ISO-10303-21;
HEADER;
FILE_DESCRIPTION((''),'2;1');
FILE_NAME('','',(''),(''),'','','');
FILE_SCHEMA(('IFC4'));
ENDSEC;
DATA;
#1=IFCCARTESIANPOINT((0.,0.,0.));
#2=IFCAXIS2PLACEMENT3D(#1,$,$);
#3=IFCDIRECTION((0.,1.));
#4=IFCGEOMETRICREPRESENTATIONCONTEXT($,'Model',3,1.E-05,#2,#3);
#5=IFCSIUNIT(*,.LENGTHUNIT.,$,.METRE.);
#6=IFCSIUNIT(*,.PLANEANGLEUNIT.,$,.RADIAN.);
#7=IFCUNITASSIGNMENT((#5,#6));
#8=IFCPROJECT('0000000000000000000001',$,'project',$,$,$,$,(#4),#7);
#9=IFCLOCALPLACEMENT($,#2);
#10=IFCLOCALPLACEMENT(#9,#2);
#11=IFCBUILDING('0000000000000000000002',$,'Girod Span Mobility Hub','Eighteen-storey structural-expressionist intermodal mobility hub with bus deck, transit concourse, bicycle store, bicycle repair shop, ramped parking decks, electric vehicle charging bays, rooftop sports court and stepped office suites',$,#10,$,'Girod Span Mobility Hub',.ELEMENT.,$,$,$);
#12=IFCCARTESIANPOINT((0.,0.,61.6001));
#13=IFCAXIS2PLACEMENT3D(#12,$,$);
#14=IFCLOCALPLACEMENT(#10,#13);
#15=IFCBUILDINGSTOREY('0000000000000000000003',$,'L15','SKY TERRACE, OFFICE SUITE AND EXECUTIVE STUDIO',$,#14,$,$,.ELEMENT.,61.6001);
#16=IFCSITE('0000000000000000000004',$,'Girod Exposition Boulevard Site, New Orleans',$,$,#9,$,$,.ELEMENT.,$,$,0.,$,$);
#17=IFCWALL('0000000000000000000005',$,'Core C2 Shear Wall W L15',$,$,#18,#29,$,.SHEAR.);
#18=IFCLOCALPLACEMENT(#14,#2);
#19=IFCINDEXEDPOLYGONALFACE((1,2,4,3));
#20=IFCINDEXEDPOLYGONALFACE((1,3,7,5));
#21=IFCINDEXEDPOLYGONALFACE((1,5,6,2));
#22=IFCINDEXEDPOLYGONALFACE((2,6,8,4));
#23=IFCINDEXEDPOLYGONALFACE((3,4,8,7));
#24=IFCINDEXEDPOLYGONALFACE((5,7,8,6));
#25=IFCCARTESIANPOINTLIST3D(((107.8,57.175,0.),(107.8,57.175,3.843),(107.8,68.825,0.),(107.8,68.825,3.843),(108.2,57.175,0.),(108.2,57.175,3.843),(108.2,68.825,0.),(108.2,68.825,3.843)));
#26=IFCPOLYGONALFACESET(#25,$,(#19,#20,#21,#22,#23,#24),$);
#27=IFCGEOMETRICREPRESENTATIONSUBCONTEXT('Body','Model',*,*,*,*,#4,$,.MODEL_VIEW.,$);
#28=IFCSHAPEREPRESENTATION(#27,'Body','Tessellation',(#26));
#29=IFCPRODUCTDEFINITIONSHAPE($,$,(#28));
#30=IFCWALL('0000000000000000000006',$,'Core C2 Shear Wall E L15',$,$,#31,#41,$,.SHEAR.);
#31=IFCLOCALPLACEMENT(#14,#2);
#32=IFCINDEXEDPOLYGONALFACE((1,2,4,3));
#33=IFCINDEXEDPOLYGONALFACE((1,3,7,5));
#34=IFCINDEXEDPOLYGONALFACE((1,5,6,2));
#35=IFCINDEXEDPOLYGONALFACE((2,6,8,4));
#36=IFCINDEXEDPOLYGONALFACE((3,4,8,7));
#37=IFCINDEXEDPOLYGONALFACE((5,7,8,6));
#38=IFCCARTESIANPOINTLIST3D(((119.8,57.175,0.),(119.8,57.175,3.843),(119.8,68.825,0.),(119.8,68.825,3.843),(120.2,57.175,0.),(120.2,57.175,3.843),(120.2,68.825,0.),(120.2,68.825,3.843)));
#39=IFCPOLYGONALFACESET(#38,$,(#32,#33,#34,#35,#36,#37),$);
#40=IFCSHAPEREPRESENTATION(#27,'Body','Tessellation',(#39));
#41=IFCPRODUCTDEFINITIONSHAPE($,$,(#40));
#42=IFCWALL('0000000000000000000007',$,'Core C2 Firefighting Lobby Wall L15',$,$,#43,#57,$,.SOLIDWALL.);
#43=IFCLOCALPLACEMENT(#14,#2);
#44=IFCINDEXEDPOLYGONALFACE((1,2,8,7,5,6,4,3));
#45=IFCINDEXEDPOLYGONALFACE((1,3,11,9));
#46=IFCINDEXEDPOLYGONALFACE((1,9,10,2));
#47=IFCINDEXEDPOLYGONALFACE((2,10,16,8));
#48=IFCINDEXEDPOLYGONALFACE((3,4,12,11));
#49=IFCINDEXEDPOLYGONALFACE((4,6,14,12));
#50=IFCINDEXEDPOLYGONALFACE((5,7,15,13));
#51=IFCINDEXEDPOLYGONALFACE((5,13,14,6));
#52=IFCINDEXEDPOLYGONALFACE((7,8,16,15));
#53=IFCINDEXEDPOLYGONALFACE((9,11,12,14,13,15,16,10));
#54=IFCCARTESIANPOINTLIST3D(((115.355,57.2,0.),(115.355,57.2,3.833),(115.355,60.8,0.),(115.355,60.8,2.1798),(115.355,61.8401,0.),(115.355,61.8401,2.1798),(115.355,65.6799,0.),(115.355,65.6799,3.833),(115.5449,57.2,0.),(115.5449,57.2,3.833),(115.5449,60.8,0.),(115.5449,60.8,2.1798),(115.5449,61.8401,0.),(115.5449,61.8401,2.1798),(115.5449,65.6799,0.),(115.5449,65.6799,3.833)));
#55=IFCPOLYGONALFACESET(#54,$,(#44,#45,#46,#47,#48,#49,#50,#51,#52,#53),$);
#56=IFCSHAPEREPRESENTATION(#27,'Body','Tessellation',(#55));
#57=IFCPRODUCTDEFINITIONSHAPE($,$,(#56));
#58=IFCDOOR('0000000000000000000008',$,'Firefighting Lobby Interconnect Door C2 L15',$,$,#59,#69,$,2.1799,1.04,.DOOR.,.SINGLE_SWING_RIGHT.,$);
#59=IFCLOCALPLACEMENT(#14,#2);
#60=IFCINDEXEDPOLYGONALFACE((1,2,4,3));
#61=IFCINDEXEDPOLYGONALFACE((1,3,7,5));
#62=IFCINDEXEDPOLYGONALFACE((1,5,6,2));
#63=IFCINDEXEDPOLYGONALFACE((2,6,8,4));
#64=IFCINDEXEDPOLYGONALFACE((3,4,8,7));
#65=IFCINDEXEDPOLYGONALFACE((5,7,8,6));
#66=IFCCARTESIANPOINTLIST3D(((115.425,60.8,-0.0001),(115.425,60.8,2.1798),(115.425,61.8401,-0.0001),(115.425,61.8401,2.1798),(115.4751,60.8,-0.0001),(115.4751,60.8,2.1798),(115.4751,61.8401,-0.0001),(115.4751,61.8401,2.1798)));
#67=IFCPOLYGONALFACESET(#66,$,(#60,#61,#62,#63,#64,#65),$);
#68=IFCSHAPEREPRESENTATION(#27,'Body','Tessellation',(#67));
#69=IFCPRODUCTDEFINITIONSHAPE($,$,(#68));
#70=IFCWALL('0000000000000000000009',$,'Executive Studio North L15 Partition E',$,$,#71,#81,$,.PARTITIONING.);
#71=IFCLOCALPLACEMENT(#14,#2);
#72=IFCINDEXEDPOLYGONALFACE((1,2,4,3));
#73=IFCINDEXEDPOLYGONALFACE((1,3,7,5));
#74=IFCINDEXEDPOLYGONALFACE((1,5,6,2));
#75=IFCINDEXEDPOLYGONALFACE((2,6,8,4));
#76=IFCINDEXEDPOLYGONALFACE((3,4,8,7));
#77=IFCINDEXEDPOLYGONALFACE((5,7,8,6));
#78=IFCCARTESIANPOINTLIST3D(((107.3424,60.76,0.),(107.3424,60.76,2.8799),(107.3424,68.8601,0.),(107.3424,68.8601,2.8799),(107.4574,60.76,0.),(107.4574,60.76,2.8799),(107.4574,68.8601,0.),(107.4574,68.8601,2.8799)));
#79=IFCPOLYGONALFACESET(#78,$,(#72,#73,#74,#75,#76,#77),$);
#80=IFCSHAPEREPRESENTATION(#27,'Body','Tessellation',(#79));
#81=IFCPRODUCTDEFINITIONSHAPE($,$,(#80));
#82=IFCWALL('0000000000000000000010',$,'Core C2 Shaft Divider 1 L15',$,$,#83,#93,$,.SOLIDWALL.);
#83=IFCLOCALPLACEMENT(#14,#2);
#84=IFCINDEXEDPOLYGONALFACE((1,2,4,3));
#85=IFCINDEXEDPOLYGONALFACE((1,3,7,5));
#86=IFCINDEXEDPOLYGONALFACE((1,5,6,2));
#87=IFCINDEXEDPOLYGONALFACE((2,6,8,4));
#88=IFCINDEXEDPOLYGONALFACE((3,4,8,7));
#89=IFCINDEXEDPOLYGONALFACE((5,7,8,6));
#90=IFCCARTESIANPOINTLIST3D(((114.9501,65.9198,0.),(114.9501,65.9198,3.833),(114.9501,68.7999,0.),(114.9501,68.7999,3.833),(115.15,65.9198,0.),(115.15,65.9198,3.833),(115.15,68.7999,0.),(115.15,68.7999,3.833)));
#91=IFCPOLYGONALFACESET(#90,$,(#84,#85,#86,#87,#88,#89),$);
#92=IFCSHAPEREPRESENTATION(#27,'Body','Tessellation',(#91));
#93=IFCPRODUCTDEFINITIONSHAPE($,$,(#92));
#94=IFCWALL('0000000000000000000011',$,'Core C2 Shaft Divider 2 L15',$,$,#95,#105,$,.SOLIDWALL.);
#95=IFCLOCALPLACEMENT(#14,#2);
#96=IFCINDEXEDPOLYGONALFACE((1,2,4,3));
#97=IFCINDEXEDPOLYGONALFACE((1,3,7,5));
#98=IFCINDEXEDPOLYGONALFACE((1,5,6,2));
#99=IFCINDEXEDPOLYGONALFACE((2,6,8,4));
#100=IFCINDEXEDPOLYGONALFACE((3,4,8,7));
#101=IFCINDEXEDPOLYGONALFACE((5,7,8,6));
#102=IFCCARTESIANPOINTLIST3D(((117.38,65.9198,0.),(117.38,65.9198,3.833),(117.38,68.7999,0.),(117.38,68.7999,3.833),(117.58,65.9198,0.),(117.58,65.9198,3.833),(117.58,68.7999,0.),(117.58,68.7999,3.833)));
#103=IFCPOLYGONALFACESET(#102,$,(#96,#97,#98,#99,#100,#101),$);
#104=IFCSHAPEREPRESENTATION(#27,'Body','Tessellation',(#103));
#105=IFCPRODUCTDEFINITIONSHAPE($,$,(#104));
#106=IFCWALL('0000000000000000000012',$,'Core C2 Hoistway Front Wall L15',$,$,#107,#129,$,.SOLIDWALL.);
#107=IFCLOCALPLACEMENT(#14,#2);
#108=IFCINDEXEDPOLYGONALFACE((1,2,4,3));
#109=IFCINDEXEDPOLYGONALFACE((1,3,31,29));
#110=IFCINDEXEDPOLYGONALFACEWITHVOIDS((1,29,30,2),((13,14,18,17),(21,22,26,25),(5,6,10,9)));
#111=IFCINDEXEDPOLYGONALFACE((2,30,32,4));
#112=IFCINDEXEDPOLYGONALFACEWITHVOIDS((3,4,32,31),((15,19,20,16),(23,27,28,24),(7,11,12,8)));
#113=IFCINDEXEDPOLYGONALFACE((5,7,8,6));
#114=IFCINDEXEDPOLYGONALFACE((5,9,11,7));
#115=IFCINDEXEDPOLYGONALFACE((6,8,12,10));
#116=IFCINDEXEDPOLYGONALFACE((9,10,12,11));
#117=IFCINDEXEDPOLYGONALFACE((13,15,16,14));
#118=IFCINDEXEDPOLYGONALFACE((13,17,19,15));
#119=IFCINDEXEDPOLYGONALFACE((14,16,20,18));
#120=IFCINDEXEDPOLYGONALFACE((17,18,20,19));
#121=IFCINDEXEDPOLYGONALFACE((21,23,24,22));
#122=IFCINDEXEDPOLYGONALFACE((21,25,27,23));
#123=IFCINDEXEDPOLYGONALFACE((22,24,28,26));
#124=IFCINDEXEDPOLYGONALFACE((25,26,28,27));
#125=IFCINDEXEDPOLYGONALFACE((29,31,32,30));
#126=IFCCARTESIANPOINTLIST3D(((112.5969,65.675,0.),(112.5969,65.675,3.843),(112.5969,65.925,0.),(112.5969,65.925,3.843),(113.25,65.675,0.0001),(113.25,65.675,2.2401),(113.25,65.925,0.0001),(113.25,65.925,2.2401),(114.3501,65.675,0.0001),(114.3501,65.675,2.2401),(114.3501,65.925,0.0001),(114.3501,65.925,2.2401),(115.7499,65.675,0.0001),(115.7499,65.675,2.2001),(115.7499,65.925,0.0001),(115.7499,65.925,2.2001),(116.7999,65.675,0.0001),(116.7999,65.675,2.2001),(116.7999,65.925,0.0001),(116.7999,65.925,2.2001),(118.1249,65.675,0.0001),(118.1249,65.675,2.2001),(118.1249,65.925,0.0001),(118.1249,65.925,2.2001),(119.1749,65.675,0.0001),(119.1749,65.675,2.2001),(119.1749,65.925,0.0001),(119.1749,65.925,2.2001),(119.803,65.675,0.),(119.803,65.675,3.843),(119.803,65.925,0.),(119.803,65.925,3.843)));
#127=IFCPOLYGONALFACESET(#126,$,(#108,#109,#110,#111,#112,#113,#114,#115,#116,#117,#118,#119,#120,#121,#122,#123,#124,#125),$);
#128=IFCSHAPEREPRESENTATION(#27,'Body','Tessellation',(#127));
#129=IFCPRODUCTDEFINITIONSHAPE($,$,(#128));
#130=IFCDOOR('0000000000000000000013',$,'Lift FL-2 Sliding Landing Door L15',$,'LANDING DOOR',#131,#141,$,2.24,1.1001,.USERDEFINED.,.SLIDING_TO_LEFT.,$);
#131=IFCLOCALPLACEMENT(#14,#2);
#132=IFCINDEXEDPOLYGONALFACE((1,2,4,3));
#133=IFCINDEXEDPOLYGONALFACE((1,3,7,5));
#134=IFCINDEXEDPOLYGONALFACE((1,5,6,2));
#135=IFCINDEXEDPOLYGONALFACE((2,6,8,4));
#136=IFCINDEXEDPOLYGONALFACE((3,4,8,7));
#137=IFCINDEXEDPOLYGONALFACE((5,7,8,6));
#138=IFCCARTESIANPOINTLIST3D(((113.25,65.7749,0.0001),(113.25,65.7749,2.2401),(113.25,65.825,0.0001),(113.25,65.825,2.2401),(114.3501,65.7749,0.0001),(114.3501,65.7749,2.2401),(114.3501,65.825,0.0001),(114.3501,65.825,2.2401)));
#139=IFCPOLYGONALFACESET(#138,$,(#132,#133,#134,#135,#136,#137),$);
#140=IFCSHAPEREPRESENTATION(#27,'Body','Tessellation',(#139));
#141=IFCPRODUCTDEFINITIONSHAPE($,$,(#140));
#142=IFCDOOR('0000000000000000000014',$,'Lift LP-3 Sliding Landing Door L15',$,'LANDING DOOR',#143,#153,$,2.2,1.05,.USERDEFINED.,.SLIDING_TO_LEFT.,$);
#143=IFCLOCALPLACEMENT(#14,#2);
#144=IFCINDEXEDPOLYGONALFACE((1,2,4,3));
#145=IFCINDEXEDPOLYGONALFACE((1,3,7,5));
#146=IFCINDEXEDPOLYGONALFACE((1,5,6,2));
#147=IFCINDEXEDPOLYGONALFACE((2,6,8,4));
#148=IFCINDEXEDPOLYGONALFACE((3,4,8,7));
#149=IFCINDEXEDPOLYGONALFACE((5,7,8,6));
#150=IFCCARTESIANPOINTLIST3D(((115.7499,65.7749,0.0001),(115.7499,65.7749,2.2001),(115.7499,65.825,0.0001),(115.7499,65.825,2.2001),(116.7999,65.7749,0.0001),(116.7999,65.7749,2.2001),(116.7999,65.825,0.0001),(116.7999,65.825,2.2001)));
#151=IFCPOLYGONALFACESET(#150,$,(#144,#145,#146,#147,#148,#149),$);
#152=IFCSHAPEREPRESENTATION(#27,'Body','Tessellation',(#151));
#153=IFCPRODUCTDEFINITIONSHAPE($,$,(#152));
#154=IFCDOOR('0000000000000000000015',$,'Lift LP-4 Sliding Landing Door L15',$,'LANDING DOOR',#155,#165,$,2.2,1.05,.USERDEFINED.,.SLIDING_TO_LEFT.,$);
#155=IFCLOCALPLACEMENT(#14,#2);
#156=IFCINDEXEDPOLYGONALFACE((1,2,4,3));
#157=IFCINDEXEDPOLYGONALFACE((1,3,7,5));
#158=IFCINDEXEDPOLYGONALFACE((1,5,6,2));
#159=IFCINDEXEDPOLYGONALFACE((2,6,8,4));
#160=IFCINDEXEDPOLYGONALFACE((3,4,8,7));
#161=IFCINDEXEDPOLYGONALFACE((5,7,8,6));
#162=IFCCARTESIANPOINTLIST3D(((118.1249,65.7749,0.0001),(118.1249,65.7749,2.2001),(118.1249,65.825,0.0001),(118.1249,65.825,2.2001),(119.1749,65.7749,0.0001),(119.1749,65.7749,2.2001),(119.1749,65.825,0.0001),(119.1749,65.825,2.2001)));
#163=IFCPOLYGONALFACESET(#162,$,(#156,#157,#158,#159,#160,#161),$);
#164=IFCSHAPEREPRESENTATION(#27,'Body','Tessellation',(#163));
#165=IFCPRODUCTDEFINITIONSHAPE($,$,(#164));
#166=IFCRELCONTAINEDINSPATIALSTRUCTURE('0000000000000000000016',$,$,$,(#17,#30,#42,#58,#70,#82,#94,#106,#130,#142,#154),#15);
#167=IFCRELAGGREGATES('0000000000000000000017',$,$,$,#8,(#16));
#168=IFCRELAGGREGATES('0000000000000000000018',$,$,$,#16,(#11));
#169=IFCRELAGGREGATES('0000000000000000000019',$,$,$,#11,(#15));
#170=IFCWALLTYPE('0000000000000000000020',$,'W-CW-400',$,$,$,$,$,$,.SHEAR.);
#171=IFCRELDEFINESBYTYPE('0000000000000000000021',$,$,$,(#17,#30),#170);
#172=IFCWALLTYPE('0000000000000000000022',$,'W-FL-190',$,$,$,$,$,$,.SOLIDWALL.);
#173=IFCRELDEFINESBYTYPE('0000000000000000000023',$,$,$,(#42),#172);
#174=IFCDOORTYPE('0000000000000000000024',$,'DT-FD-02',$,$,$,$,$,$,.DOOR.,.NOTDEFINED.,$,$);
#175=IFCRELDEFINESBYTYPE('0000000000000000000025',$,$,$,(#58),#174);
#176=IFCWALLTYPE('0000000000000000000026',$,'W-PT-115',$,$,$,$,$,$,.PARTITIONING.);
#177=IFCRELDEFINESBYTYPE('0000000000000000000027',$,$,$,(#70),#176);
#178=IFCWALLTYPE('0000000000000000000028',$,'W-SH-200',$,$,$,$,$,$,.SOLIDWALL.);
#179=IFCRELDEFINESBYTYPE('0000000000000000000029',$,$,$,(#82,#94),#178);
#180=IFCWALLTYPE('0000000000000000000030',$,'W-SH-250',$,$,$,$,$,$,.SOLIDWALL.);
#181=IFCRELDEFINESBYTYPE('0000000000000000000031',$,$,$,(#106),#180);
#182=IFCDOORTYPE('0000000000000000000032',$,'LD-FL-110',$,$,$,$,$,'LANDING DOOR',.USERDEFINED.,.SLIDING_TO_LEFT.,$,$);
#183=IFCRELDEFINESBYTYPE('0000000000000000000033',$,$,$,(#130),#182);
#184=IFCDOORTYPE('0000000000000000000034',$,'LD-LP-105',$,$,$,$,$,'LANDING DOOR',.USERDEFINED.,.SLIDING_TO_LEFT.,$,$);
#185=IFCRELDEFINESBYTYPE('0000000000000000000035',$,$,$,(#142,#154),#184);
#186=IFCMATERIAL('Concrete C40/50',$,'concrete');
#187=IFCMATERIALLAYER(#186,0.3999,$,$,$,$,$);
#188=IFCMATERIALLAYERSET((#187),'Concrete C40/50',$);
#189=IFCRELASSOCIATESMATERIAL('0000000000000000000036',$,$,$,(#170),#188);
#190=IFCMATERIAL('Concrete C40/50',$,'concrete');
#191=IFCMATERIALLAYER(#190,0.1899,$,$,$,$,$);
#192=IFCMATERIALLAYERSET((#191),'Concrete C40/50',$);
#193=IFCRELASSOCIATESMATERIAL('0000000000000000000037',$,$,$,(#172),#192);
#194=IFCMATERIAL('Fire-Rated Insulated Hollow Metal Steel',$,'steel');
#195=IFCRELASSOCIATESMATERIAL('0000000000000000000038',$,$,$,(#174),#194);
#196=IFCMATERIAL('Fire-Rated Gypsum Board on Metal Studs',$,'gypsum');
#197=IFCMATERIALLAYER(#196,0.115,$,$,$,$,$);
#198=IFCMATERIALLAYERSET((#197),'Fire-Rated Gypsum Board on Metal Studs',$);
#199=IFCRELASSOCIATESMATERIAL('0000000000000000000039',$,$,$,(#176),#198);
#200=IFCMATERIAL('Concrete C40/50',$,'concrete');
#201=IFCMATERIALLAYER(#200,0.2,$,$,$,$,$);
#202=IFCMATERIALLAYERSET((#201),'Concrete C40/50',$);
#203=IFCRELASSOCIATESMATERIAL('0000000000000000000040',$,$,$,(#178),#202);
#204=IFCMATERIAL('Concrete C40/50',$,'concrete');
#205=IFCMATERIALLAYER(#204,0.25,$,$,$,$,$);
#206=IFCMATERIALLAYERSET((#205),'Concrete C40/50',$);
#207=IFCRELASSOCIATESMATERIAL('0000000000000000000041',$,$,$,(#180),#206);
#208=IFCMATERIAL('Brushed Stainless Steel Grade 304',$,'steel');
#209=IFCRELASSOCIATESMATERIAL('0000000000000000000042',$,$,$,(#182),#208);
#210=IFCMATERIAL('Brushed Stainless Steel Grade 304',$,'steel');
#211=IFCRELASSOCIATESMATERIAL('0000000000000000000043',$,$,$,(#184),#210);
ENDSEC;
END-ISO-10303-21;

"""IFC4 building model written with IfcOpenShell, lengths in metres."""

from ifc_helpers import new_model, si_unit, direction, frame, frame_2d, origin, place, context, subcontext, project, spatial, rectangle, extrude, material, layer, layer_set, type_object, element, fill, save


model = new_model("IFC4")

# Units and contexts
model_context = context("Model", 3, precision=1e-05, world=origin(), true_north=direction((0.0, 1.0)))
body_context = subcontext(model_context, "Body", "Model", "MODEL_VIEW")
ifc_project = project(units=[si_unit("LENGTHUNIT", "METRE"), si_unit("PLANEANGLEUNIT", "RADIAN")], contexts=[model_context])

# Site, building, storey
site_placement = place(None, origin())
site = spatial("IfcSite", under=ifc_project, at=site_placement, Name="Girod Exposition Boulevard Site, New Orleans", CompositionType="ELEMENT", RefElevation=0.0)
building_placement = place(site_placement, origin())
building = spatial("IfcBuilding", under=site, at=building_placement, Name="Girod Span Mobility Hub", Description="Eighteen-storey structural-expressionist intermodal mobility hub with bus deck, transit concourse, bicycle store, bicycle repair shop, ramped parking decks, electric vehicle charging bays, rooftop sports court and stepped office suites", LongName="Girod Span Mobility Hub", CompositionType="ELEMENT")
storey_placement = place(building_placement, frame((0.0, 0.0, 61.6001)))
storey = spatial("IfcBuildingStorey", under=building, at=storey_placement, Name="L15", Description="SKY TERRACE, OFFICE SUITE AND EXECUTIVE STUDIO", CompositionType="ELEMENT", Elevation=61.6001)

# Walls
ifc_material_1 = material(Name="Concrete C40/50", Category="concrete")
ifc_layer_1 = layer(ifc_material_1, 0.3999)
ifc_layer_set_1 = layer_set([ifc_layer_1], Name="Concrete C40/50")
wall_type_1 = type_object("IfcWallType", Name="W-CW-400", PredefinedType="SHEAR", material=ifc_layer_set_1)
for number, where, z_axis, x_axis, name in (
    (1, (108.0, 57.175, 0.0), (0.0, 0.0, 1.0), (0.0, 1.0, 0.0), "Core C2 Shear Wall W L15"),
    (2, (120.0, 57.175, 0.0), (0.0, 0.0, 1.0), (0.0, 1.0, 0.0), "Core C2 Shear Wall E L15"),
):
    element("IfcWall", number, at=place(storey_placement, frame(where, z_axis=z_axis, x_axis=x_axis)), inside=storey, type_object=wall_type_1, Name=name, PredefinedType="SHEAR", context=body_context, shape_type="SweptSolid", body=[
        extrude(rectangle(XDim=11.6499, YDim=0.3999, at=frame_2d((5.825, 0.0))), origin(), (0.0, 0.0, 1.0), 3.843),
    ])

# Wall, opening, door
ifc_material_2 = material(Name="Concrete C40/50", Category="concrete")
ifc_layer_2 = layer(ifc_material_2, 0.1899)
ifc_layer_set_2 = layer_set([ifc_layer_2], Name="Concrete C40/50")
wall_type_2 = type_object("IfcWallType", Name="W-FL-190", PredefinedType="SOLIDWALL", material=ifc_layer_set_2)
wall_1_placement = place(storey_placement, frame((115.45, 57.2, 0.0), z_axis=(0.0, 0.0, 1.0), x_axis=(0.0, 1.0, 0.0)))
wall_1 = element("IfcWall", 3, at=wall_1_placement, inside=storey, type_object=wall_type_2, Name="Core C2 Firefighting Lobby Wall L15", PredefinedType="SOLIDWALL", context=body_context, shape_type="SweptSolid", body=[
    extrude(rectangle(XDim=8.48, YDim=0.1899, at=frame_2d((4.24, 0.0))), origin(), (0.0, 0.0, 1.0), 3.833),
])
opening_1_placement = place(wall_1_placement, frame((3.6001, 0.0, 0.0)))
opening_1 = element("IfcOpeningElement", 4, at=opening_1_placement, cuts=wall_1, PredefinedType="OPENING", context=body_context, shape_type="SweptSolid", body=[
    extrude(rectangle(XDim=1.04, YDim=2.1799, at=frame_2d((0.52, 1.0898))), frame((0.0, 0.1099, 0.0), z_axis=(0.0, -1.0, 0.0), x_axis=(1.0, 0.0, 0.0)), (0.0, 0.0, 1.0), 0.22),
])
ifc_material_3 = material(Name="Fire-Rated Insulated Hollow Metal Steel", Category="steel")
door_type_1 = type_object("IfcDoorType", Name="DT-FD-02", OperationType="NOTDEFINED", PredefinedType="DOOR", material=ifc_material_3)
door_1_placement = place(opening_1_placement, origin())
door_1 = element("IfcDoor", 5, at=door_1_placement, inside=storey, type_object=door_type_1, Name="Firefighting Lobby Interconnect Door C2 L15", OperationType="SINGLE_SWING_RIGHT", OverallHeight=2.1799, OverallWidth=1.04, PredefinedType="DOOR", context=body_context, shape_type="SweptSolid", body=[
    extrude(rectangle(XDim=1.04, YDim=2.1799, at=frame_2d((0.52, 1.0898))), frame((0.0, 0.0249, 0.0), z_axis=(0.0, -1.0, 0.0), x_axis=(1.0, 0.0, 0.0)), (0.0, 0.0, 1.0), 0.05),
])
fill(opening_1, door_1)

# Walls
ifc_material_4 = material(Name="Fire-Rated Gypsum Board on Metal Studs", Category="gypsum")
ifc_layer_3 = layer(ifc_material_4, 0.115)
ifc_layer_set_3 = layer_set([ifc_layer_3], Name="Fire-Rated Gypsum Board on Metal Studs")
wall_type_3 = type_object("IfcWallType", Name="W-PT-115", PredefinedType="PARTITIONING", material=ifc_layer_set_3)
wall_2_placement = place(storey_placement, frame((107.3999, 60.76, 0.0), z_axis=(0.0, 0.0, 1.0), x_axis=(0.0, 1.0, 0.0)))
element("IfcWall", 6, at=wall_2_placement, inside=storey, type_object=wall_type_3, Name="Executive Studio North L15 Partition E", PredefinedType="PARTITIONING", context=body_context, shape_type="SweptSolid", body=[
    extrude(rectangle(XDim=8.1001, YDim=0.115, at=frame_2d((4.05, 0.0))), origin(), (0.0, 0.0, 1.0), 2.8799),
])
ifc_material_5 = material(Name="Concrete C40/50", Category="concrete")
ifc_layer_4 = layer(ifc_material_5, 0.2)
ifc_layer_set_4 = layer_set([ifc_layer_4], Name="Concrete C40/50")
wall_type_4 = type_object("IfcWallType", Name="W-SH-200", PredefinedType="SOLIDWALL", material=ifc_layer_set_4)
for number, where, z_axis, x_axis, name in (
    (7, (115.05, 65.9199, 0.0), (0.0, 0.0, 1.0), (0.0, 1.0, 0.0), "Core C2 Shaft Divider 1 L15"),
    (8, (117.48, 65.9199, 0.0), (0.0, 0.0, 1.0), (0.0, 1.0, 0.0), "Core C2 Shaft Divider 2 L15"),
):
    element("IfcWall", number, at=place(storey_placement, frame(where, z_axis=z_axis, x_axis=x_axis)), inside=storey, type_object=wall_type_4, Name=name, PredefinedType="SOLIDWALL", context=body_context, shape_type="SweptSolid", body=[
        extrude(rectangle(XDim=2.8801, YDim=0.2, at=frame_2d((1.4399, 0.0))), origin(), (0.0, 0.0, 1.0), 3.833),
    ])

# Wall, openings, doors
ifc_material_6 = material(Name="Concrete C40/50", Category="concrete")
ifc_layer_5 = layer(ifc_material_6, 0.25)
ifc_layer_set_5 = layer_set([ifc_layer_5], Name="Concrete C40/50")
wall_type_5 = type_object("IfcWallType", Name="W-SH-250", PredefinedType="SOLIDWALL", material=ifc_layer_set_5)
wall_3_placement = place(storey_placement, frame((112.5969, 65.8, 0.0), z_axis=(0.0, 0.0, 1.0), x_axis=(1.0, 0.0, 0.0)))
wall_3 = element("IfcWall", 9, at=wall_3_placement, inside=storey, type_object=wall_type_5, Name="Core C2 Hoistway Front Wall L15", PredefinedType="SOLIDWALL", context=body_context, shape_type="SweptSolid", body=[
    extrude(rectangle(XDim=7.2061, YDim=0.25, at=frame_2d((3.603, 0.0))), origin(), (0.0, 0.0, 1.0), 3.843),
])
opening_2_placement = place(wall_3_placement, frame((0.6531, 0.0, 0.0)))
opening_2 = element("IfcOpeningElement", 10, at=opening_2_placement, cuts=wall_3, PredefinedType="OPENING", context=body_context, shape_type="SweptSolid", body=[
    extrude(rectangle(XDim=1.1001, YDim=2.24, at=frame_2d((0.55, 1.1201))), frame((0.0, 0.1399, 0.0), z_axis=(0.0, -1.0, 0.0), x_axis=(1.0, 0.0, 0.0)), (0.0, 0.0, 1.0), 0.28),
])
opening_3_placement = place(wall_3_placement, frame((3.1531, 0.0, 0.0)))
opening_3 = element("IfcOpeningElement", 11, at=opening_3_placement, cuts=wall_3, PredefinedType="OPENING", context=body_context, shape_type="SweptSolid", body=[
    extrude(rectangle(XDim=1.05, YDim=2.2, at=frame_2d((0.5249, 1.1001))), frame((0.0, 0.1399, 0.0), z_axis=(0.0, -1.0, 0.0), x_axis=(1.0, 0.0, 0.0)), (0.0, 0.0, 1.0), 0.28),
])
opening_4_placement = place(wall_3_placement, frame((5.5281, 0.0, 0.0)))
opening_4 = element("IfcOpeningElement", 12, at=opening_4_placement, cuts=wall_3, PredefinedType="OPENING", context=body_context, shape_type="SweptSolid", body=[
    extrude(rectangle(XDim=1.05, YDim=2.2, at=frame_2d((0.5249, 1.1001))), frame((0.0, 0.1399, 0.0), z_axis=(0.0, -1.0, 0.0), x_axis=(1.0, 0.0, 0.0)), (0.0, 0.0, 1.0), 0.28),
])
ifc_material_7 = material(Name="Brushed Stainless Steel Grade 304", Category="steel")
door_type_2 = type_object("IfcDoorType", Name="LD-FL-110", ElementType="LANDING DOOR", OperationType="SLIDING_TO_LEFT", PredefinedType="USERDEFINED", material=ifc_material_7)
door_2_placement = place(opening_2_placement, origin())
door_2 = element("IfcDoor", 13, at=door_2_placement, inside=storey, type_object=door_type_2, Name="Lift FL-2 Sliding Landing Door L15", ObjectType="LANDING DOOR", OperationType="SLIDING_TO_LEFT", OverallHeight=2.24, OverallWidth=1.1001, PredefinedType="USERDEFINED", context=body_context, shape_type="SweptSolid", body=[
    extrude(rectangle(XDim=1.1001, YDim=2.24, at=frame_2d((0.55, 1.1201))), frame((0.0, 0.0249, 0.0), z_axis=(0.0, -1.0, 0.0), x_axis=(1.0, 0.0, 0.0)), (0.0, 0.0, 1.0), 0.05),
])
fill(opening_2, door_2)
ifc_material_8 = material(Name="Brushed Stainless Steel Grade 304", Category="steel")
door_type_3 = type_object("IfcDoorType", Name="LD-LP-105", ElementType="LANDING DOOR", OperationType="SLIDING_TO_LEFT", PredefinedType="USERDEFINED", material=ifc_material_8)
door_3_placement = place(opening_3_placement, origin())
door_3 = element("IfcDoor", 14, at=door_3_placement, inside=storey, type_object=door_type_3, Name="Lift LP-3 Sliding Landing Door L15", ObjectType="LANDING DOOR", OperationType="SLIDING_TO_LEFT", OverallHeight=2.2, OverallWidth=1.05, PredefinedType="USERDEFINED", context=body_context, shape_type="SweptSolid", body=[
    extrude(rectangle(XDim=1.05, YDim=2.2, at=frame_2d((0.5249, 1.1001))), frame((0.0, 0.0249, 0.0), z_axis=(0.0, -1.0, 0.0), x_axis=(1.0, 0.0, 0.0)), (0.0, 0.0, 1.0), 0.05),
])
fill(opening_3, door_3)
door_4_placement = place(opening_4_placement, origin())
door_4 = element("IfcDoor", 15, at=door_4_placement, inside=storey, type_object=door_type_3, Name="Lift LP-4 Sliding Landing Door L15", ObjectType="LANDING DOOR", OperationType="SLIDING_TO_LEFT", OverallHeight=2.2, OverallWidth=1.05, PredefinedType="USERDEFINED", context=body_context, shape_type="SweptSolid", body=[
    extrude(rectangle(XDim=1.05, YDim=2.2, at=frame_2d((0.5249, 1.1001))), frame((0.0, 0.0249, 0.0), z_axis=(0.0, -1.0, 0.0), x_axis=(1.0, 0.0, 0.0)), (0.0, 0.0, 1.0), 0.05),
])
fill(opening_4, door_4)

save(model, "model.ifc")
